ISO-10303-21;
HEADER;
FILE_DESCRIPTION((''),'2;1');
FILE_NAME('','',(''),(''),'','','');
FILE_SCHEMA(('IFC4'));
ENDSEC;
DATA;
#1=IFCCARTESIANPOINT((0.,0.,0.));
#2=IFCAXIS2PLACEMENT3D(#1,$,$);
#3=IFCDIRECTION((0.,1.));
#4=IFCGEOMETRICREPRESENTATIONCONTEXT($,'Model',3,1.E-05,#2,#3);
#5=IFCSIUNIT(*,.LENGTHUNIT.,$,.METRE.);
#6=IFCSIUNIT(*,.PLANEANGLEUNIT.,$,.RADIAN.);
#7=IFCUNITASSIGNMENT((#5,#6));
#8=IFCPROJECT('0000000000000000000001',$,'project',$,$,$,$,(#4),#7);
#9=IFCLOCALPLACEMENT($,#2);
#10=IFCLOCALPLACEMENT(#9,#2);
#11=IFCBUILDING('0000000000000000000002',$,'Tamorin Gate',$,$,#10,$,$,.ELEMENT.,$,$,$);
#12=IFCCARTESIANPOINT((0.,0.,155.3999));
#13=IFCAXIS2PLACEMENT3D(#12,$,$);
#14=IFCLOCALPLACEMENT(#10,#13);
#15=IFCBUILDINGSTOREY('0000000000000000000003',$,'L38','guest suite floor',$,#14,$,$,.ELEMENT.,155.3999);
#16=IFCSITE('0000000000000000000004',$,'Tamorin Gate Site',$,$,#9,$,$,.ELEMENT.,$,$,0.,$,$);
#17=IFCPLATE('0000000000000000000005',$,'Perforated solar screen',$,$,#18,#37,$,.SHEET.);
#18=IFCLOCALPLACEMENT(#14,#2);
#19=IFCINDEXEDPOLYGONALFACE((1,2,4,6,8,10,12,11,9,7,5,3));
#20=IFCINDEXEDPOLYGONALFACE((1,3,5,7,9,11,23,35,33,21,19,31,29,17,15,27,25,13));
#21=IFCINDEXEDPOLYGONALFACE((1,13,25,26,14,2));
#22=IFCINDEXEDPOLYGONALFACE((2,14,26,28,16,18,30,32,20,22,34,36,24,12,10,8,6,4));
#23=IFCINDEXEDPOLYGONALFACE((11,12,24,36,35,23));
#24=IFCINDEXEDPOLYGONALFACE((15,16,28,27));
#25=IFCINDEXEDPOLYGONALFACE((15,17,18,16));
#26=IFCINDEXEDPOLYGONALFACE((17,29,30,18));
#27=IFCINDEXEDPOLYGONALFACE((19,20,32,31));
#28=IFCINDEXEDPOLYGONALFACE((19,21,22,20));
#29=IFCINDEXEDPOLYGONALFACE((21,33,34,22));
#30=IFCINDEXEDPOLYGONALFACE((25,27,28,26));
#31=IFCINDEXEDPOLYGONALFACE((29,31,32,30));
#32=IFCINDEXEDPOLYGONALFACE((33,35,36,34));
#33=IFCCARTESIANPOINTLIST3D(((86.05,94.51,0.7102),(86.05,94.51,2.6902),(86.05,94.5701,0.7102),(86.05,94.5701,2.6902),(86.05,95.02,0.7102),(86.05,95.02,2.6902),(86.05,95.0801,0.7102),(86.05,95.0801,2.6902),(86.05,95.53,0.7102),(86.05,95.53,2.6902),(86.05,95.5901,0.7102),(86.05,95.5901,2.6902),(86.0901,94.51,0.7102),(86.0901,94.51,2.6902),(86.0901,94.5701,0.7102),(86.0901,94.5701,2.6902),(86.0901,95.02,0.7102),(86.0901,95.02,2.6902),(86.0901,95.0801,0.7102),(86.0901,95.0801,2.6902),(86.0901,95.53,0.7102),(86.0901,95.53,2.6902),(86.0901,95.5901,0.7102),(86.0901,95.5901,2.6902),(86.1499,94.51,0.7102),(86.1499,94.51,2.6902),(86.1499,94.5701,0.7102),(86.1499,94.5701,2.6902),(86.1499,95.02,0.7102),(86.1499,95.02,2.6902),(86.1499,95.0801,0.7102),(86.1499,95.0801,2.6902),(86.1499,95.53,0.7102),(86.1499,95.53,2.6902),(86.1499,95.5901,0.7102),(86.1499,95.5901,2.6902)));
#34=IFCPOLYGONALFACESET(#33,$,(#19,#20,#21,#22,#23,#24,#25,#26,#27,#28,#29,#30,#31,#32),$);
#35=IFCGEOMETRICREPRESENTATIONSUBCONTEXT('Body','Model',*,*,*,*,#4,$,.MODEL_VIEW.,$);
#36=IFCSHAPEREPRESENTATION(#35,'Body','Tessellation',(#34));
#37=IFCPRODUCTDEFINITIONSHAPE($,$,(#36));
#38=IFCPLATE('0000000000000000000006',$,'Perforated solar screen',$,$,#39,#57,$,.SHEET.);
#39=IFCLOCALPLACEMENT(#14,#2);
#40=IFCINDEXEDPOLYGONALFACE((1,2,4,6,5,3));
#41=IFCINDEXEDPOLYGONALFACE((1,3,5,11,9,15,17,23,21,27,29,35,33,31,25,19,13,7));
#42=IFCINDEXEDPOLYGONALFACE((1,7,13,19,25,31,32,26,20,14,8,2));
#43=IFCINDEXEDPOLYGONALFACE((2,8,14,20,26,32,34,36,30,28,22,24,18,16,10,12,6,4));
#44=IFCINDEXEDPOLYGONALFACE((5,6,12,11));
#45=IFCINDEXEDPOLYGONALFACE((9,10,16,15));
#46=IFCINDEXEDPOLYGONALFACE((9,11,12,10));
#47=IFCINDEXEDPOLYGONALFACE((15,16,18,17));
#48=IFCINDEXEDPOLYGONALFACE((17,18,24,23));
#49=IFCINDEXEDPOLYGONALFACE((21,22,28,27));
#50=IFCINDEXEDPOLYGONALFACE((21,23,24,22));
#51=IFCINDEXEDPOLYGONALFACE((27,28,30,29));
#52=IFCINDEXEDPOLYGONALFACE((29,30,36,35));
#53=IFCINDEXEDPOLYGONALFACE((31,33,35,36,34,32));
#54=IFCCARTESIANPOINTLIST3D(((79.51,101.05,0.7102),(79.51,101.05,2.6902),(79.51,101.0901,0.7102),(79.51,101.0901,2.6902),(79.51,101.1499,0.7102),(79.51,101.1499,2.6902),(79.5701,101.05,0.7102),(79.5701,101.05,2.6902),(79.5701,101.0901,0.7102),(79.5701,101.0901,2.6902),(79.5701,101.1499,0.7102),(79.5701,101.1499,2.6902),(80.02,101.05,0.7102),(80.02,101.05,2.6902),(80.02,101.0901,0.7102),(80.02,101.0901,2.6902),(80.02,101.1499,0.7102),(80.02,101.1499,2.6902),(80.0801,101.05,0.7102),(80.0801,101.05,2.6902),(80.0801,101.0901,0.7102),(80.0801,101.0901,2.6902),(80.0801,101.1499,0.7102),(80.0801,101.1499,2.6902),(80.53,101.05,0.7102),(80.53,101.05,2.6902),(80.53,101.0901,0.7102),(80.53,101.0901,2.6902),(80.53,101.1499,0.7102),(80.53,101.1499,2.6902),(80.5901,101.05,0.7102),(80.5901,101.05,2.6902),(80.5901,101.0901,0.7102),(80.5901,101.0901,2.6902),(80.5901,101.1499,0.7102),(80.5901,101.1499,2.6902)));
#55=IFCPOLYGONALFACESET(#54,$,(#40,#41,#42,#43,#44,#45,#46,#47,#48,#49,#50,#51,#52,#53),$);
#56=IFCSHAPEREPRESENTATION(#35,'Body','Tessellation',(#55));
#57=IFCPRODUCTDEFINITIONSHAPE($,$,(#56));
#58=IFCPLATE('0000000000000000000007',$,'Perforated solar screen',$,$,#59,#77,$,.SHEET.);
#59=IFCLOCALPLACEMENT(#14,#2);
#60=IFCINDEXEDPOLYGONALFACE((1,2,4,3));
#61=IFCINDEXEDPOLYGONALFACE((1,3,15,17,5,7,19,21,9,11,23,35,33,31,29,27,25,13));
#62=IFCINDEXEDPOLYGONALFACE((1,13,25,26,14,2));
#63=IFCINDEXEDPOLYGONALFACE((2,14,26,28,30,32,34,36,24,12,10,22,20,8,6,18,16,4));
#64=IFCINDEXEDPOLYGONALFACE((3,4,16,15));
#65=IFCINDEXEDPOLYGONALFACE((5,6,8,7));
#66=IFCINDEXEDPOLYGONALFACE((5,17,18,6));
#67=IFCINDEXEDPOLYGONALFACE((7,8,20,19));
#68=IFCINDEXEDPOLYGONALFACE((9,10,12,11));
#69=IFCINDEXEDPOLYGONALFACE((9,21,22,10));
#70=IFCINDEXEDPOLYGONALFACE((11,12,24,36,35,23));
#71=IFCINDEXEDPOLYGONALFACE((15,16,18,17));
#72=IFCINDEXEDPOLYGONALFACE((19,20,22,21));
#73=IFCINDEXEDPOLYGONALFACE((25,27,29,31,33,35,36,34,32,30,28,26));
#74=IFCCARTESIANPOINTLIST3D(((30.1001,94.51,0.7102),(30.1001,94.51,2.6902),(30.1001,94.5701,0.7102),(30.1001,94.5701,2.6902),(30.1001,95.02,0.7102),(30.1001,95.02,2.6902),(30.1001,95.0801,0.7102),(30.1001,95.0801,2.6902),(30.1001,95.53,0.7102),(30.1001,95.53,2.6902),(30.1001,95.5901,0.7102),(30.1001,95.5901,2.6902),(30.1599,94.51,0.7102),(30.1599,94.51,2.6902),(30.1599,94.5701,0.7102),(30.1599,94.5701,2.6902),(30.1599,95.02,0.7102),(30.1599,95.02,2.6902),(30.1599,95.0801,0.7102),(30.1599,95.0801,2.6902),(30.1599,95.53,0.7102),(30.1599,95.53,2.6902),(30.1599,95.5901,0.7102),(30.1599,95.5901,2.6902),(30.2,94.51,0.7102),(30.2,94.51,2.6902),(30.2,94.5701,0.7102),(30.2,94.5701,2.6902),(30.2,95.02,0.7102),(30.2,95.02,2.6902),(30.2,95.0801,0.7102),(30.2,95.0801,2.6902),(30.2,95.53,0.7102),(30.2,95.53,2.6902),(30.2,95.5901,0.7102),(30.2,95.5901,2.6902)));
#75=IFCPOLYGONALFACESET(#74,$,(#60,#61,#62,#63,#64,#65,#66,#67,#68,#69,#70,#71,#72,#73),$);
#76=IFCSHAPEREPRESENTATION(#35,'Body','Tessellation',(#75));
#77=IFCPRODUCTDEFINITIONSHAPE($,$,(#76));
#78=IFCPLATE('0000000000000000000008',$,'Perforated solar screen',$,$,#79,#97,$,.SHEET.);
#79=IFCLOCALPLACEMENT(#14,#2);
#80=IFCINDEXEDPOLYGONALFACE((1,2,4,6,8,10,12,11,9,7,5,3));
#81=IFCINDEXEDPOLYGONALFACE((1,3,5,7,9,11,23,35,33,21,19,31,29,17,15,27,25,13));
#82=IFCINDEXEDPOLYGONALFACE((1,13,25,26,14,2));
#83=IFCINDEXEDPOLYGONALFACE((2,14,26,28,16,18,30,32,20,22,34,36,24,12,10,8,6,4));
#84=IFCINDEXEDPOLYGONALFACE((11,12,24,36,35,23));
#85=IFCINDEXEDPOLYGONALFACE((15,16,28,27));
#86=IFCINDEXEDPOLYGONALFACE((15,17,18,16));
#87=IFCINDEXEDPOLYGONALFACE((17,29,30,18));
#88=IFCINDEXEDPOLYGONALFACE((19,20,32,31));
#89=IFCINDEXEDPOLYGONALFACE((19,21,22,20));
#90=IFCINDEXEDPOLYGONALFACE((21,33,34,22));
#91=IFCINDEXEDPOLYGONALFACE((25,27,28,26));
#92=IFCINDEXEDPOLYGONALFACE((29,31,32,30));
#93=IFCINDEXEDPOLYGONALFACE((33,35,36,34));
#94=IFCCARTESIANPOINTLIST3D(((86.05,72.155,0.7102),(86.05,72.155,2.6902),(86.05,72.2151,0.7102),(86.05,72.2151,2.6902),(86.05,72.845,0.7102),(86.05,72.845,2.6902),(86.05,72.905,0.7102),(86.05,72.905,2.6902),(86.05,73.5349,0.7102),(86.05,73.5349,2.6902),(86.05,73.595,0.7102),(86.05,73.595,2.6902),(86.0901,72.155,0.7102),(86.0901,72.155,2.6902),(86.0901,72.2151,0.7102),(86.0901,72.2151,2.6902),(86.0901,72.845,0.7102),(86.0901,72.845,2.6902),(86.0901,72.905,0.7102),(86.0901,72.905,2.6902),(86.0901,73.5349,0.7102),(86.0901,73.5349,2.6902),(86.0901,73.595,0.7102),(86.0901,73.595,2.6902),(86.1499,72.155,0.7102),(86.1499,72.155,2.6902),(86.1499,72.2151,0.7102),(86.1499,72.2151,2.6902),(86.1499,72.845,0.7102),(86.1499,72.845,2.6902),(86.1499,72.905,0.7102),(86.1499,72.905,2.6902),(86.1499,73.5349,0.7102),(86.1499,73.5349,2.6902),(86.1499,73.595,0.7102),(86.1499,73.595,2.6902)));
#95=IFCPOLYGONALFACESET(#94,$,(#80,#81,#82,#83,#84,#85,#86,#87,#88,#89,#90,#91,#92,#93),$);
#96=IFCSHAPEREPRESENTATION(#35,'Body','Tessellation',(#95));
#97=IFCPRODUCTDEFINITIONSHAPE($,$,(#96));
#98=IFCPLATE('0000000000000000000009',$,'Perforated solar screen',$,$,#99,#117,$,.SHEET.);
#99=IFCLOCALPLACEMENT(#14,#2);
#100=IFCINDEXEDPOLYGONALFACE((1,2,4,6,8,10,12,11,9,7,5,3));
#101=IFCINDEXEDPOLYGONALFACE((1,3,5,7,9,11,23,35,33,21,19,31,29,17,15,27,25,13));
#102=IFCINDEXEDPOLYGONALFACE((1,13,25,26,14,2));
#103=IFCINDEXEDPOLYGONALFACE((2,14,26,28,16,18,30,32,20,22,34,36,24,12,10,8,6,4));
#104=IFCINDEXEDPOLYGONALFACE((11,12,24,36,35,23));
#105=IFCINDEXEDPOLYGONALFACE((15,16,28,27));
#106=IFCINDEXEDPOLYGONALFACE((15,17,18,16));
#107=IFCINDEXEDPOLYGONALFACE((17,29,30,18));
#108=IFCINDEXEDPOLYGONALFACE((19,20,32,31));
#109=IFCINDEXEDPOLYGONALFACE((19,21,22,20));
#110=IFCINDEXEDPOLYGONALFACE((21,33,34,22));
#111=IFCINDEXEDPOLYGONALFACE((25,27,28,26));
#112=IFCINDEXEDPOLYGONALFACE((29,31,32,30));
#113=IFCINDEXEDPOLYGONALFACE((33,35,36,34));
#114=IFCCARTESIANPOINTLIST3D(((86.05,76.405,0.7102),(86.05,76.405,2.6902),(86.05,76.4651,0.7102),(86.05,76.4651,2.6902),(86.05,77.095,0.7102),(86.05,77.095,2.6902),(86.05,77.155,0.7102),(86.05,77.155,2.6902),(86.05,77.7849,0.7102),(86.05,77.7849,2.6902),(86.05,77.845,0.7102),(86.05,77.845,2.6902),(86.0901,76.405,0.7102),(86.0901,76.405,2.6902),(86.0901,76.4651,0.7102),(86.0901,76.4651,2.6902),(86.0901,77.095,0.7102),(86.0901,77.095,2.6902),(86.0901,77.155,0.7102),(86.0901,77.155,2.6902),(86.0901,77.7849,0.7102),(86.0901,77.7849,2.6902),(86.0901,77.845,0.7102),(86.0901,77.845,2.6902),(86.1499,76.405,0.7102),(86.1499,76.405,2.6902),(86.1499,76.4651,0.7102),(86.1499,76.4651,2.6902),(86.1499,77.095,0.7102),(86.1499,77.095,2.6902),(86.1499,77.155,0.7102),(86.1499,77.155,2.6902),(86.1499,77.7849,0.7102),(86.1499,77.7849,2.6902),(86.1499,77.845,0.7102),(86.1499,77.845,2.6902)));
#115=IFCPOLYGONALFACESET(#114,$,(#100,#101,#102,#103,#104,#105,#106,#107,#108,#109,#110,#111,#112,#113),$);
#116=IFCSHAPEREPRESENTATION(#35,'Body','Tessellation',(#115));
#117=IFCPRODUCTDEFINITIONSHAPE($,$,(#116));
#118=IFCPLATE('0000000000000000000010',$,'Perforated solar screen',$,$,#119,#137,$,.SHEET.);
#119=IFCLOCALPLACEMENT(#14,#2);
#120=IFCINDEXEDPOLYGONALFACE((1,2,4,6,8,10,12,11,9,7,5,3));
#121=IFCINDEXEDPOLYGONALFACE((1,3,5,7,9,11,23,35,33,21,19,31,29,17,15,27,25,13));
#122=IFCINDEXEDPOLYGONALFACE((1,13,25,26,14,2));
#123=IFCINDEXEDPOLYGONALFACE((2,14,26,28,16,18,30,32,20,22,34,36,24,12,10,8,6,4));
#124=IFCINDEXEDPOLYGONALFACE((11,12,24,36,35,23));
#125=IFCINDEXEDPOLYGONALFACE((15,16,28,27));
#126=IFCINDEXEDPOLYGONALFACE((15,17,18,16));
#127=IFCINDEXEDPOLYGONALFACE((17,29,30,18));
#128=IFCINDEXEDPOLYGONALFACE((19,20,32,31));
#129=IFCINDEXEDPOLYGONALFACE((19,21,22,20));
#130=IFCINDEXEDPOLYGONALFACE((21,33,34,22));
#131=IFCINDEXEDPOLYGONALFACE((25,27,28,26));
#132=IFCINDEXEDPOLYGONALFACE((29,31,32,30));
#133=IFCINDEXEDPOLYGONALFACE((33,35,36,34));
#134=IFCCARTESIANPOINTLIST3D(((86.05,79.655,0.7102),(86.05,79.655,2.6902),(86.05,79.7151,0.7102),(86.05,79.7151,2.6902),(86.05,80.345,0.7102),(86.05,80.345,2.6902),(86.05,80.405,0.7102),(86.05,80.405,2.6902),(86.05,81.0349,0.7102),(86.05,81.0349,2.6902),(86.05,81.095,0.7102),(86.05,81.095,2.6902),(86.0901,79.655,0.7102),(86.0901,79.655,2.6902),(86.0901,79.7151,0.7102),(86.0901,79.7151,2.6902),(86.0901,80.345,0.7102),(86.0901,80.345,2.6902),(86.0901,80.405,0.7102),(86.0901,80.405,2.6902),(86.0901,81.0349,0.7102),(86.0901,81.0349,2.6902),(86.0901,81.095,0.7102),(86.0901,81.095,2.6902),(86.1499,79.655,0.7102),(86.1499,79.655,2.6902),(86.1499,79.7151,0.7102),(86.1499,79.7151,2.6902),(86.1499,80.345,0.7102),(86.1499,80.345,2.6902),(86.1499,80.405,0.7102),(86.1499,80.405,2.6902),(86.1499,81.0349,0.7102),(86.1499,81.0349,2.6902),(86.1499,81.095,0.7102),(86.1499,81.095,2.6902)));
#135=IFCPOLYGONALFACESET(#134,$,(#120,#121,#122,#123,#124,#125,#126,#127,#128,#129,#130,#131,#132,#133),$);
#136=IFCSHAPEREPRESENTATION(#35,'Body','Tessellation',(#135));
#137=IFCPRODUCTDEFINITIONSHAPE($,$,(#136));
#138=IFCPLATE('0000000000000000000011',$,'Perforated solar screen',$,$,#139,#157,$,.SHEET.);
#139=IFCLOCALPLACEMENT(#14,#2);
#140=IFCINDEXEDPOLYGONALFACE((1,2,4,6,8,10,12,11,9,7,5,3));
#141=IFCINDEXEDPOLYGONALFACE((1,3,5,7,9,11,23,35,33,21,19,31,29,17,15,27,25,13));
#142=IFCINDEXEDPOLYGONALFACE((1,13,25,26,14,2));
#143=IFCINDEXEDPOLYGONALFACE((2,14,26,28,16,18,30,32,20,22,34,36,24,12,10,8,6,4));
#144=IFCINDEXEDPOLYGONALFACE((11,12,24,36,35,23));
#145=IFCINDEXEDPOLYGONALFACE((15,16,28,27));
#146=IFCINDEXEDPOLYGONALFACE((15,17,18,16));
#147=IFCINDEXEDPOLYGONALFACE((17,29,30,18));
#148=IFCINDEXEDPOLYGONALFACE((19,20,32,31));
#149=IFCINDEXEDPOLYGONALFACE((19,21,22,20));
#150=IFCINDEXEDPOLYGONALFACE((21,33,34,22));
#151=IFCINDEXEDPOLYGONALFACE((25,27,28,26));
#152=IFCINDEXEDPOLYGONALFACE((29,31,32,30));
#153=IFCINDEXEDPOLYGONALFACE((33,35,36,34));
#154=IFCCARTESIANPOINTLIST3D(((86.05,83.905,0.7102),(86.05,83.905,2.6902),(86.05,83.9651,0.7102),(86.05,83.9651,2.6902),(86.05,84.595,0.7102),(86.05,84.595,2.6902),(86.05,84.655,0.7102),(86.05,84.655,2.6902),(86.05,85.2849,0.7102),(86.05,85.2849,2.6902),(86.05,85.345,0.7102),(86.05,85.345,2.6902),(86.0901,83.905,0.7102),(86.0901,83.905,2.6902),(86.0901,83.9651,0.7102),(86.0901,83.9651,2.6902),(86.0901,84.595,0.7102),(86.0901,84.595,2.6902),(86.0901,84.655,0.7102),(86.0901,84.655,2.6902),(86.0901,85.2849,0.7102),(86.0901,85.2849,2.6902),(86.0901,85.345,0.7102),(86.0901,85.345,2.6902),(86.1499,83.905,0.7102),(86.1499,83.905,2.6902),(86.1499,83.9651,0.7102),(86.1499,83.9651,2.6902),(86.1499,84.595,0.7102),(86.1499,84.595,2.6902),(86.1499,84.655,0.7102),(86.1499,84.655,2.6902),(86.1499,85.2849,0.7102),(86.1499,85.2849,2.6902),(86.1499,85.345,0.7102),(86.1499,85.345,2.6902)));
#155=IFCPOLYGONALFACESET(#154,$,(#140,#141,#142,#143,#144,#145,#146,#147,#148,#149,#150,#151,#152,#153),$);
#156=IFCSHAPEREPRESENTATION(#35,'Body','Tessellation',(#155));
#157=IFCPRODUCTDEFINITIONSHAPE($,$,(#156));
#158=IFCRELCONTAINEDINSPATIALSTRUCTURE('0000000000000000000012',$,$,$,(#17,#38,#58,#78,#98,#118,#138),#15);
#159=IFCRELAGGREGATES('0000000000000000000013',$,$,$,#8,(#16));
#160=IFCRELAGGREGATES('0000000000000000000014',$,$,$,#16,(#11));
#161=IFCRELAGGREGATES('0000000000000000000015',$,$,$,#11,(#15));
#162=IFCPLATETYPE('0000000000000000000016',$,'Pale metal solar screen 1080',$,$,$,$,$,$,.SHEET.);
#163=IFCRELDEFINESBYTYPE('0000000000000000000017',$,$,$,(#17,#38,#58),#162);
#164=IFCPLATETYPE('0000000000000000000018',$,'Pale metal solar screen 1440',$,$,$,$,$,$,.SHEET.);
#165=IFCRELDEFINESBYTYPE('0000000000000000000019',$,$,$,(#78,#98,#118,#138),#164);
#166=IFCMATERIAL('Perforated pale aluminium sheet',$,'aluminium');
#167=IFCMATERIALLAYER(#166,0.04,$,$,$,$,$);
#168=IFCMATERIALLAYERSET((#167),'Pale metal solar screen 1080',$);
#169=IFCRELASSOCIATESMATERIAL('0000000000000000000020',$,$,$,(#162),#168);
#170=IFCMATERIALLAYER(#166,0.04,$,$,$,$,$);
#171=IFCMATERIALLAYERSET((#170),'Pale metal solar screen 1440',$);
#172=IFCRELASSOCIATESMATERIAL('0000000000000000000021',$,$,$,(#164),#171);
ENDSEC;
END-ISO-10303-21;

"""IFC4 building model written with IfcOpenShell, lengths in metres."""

from ifc_helpers import new_model, si_unit, direction, frame, origin, place, context, subcontext, project, spatial, polyline, outline, extrude, material, layer, layer_set, type_object, element, save


model = new_model("IFC4")

# Units and contexts
model_context = context("Model", 3, precision=1e-05, world=origin(), true_north=direction((0.0, 1.0)))
body_context = subcontext(model_context, "Body", "Model", "MODEL_VIEW")
ifc_project = project(units=[si_unit("LENGTHUNIT", "METRE"), si_unit("PLANEANGLEUNIT", "RADIAN")], contexts=[model_context])

# Site, building, storey
site_placement = place(None, origin())
site = spatial("IfcSite", under=ifc_project, at=site_placement, Name="Tamorin Gate Site", CompositionType="ELEMENT", RefElevation=0.0)
building_placement = place(site_placement, origin())
building = spatial("IfcBuilding", under=site, at=building_placement, Name="Tamorin Gate", CompositionType="ELEMENT")
storey_placement = place(building_placement, frame((0.0, 0.0, 155.3999)))
storey = spatial("IfcBuildingStorey", under=building, at=storey_placement, Name="L38", Description="guest suite floor", CompositionType="ELEMENT", Elevation=155.3999)

# Plates
ifc_material = material(Name="Perforated pale aluminium sheet", Category="aluminium")
ifc_layer_1 = layer(ifc_material, 0.04)
ifc_layer_set_1 = layer_set([ifc_layer_1], Name="Pale metal solar screen 1080")
plate_type_1 = type_object("IfcPlateType", Name="Pale metal solar screen 1080", PredefinedType="SHEET", material=ifc_layer_set_1)
plate_1_placement = place(storey_placement, frame((0.0, 0.0, 0.7102)))
element("IfcPlate", 1, at=plate_1_placement, inside=storey, type_object=plate_type_1, Name="Perforated solar screen", PredefinedType="SHEET", context=body_context, shape_type="SweptSolid", body=[
    extrude(outline(polyline([(86.0901, 94.51), (86.05, 94.51), (86.05, 94.5701), (86.05, 95.02), (86.05, 95.0801), (86.05, 95.53), (86.05, 95.5901), (86.0901, 95.5901), (86.1499, 95.5901), (86.1499, 95.53), (86.0901, 95.53), (86.0901, 95.0801), (86.1499, 95.0801), (86.1499, 95.02), (86.0901, 95.02), (86.0901, 94.5701), (86.1499, 94.5701), (86.1499, 94.51), (86.0901, 94.51)])), origin(), (0.0, 0.0, 1.0), 1.98),
])
plate_2_placement = place(storey_placement, frame((0.0, 0.0, 0.7102)))
element("IfcPlate", 2, at=plate_2_placement, inside=storey, type_object=plate_type_1, Name="Perforated solar screen", PredefinedType="SHEET", context=body_context, shape_type="SweptSolid", body=[
    extrude(outline(polyline([(80.5901, 101.0901), (80.5901, 101.05), (80.53, 101.05), (80.0801, 101.05), (80.02, 101.05), (79.5701, 101.05), (79.51, 101.05), (79.51, 101.0901), (79.51, 101.1499), (79.5701, 101.1499), (79.5701, 101.0901), (80.02, 101.0901), (80.02, 101.1499), (80.0801, 101.1499), (80.0801, 101.0901), (80.53, 101.0901), (80.53, 101.1499), (80.5901, 101.1499), (80.5901, 101.0901)])), origin(), (0.0, 0.0, 1.0), 1.98),
])
plate_3_placement = place(storey_placement, frame((0.0, 0.0, 0.7102)))
element("IfcPlate", 3, at=plate_3_placement, inside=storey, type_object=plate_type_1, Name="Perforated solar screen", PredefinedType="SHEET", context=body_context, shape_type="SweptSolid", body=[
    extrude(outline(polyline([(30.1599, 95.5901), (30.2, 95.5901), (30.2, 95.53), (30.2, 95.0801), (30.2, 95.02), (30.2, 94.5701), (30.2, 94.51), (30.1599, 94.51), (30.1001, 94.51), (30.1001, 94.5701), (30.1599, 94.5701), (30.1599, 95.02), (30.1001, 95.02), (30.1001, 95.0801), (30.1599, 95.0801), (30.1599, 95.53), (30.1001, 95.53), (30.1001, 95.5901), (30.1599, 95.5901)])), origin(), (0.0, 0.0, 1.0), 1.98),
])
ifc_layer_2 = layer(ifc_material, 0.04)
ifc_layer_set_2 = layer_set([ifc_layer_2], Name="Pale metal solar screen 1440")
plate_type_2 = type_object("IfcPlateType", Name="Pale metal solar screen 1440", PredefinedType="SHEET", material=ifc_layer_set_2)
plate_4_placement = place(storey_placement, frame((0.0, 0.0, 0.7102)))
element("IfcPlate", 4, at=plate_4_placement, inside=storey, type_object=plate_type_2, Name="Perforated solar screen", PredefinedType="SHEET", context=body_context, shape_type="SweptSolid", body=[
    extrude(outline(polyline([(86.0901, 72.155), (86.05, 72.155), (86.05, 72.2151), (86.05, 72.845), (86.05, 72.905), (86.05, 73.5349), (86.05, 73.595), (86.0901, 73.595), (86.1499, 73.595), (86.1499, 73.5349), (86.0901, 73.5349), (86.0901, 72.905), (86.1499, 72.905), (86.1499, 72.845), (86.0901, 72.845), (86.0901, 72.2151), (86.1499, 72.2151), (86.1499, 72.155), (86.0901, 72.155)])), origin(), (0.0, 0.0, 1.0), 1.98),
])
plate_5_placement = place(storey_placement, frame((0.0, 0.0, 0.7102)))
element("IfcPlate", 5, at=plate_5_placement, inside=storey, type_object=plate_type_2, Name="Perforated solar screen", PredefinedType="SHEET", context=body_context, shape_type="SweptSolid", body=[
    extrude(outline(polyline([(86.0901, 76.405), (86.05, 76.405), (86.05, 76.4651), (86.05, 77.095), (86.05, 77.155), (86.05, 77.7849), (86.05, 77.845), (86.0901, 77.845), (86.1499, 77.845), (86.1499, 77.7849), (86.0901, 77.7849), (86.0901, 77.155), (86.1499, 77.155), (86.1499, 77.095), (86.0901, 77.095), (86.0901, 76.4651), (86.1499, 76.4651), (86.1499, 76.405), (86.0901, 76.405)])), origin(), (0.0, 0.0, 1.0), 1.98),
])
plate_6_placement = place(storey_placement, frame((0.0, 0.0, 0.7102)))
element("IfcPlate", 6, at=plate_6_placement, inside=storey, type_object=plate_type_2, Name="Perforated solar screen", PredefinedType="SHEET", context=body_context, shape_type="SweptSolid", body=[
    extrude(outline(polyline([(86.0901, 79.655), (86.05, 79.655), (86.05, 79.7151), (86.05, 80.345), (86.05, 80.405), (86.05, 81.0349), (86.05, 81.095), (86.0901, 81.095), (86.1499, 81.095), (86.1499, 81.0349), (86.0901, 81.0349), (86.0901, 80.405), (86.1499, 80.405), (86.1499, 80.345), (86.0901, 80.345), (86.0901, 79.7151), (86.1499, 79.7151), (86.1499, 79.655), (86.0901, 79.655)])), origin(), (0.0, 0.0, 1.0), 1.98),
])
plate_7_placement = place(storey_placement, frame((0.0, 0.0, 0.7102)))
element("IfcPlate", 7, at=plate_7_placement, inside=storey, type_object=plate_type_2, Name="Perforated solar screen", PredefinedType="SHEET", context=body_context, shape_type="SweptSolid", body=[
    extrude(outline(polyline([(86.0901, 83.905), (86.05, 83.905), (86.05, 83.9651), (86.05, 84.595), (86.05, 84.655), (86.05, 85.2849), (86.05, 85.345), (86.0901, 85.345), (86.1499, 85.345), (86.1499, 85.2849), (86.0901, 85.2849), (86.0901, 84.655), (86.1499, 84.655), (86.1499, 84.595), (86.0901, 84.595), (86.0901, 83.9651), (86.1499, 83.9651), (86.1499, 83.905), (86.0901, 83.905)])), origin(), (0.0, 0.0, 1.0), 1.98),
])

save(model, "model.ifc")
